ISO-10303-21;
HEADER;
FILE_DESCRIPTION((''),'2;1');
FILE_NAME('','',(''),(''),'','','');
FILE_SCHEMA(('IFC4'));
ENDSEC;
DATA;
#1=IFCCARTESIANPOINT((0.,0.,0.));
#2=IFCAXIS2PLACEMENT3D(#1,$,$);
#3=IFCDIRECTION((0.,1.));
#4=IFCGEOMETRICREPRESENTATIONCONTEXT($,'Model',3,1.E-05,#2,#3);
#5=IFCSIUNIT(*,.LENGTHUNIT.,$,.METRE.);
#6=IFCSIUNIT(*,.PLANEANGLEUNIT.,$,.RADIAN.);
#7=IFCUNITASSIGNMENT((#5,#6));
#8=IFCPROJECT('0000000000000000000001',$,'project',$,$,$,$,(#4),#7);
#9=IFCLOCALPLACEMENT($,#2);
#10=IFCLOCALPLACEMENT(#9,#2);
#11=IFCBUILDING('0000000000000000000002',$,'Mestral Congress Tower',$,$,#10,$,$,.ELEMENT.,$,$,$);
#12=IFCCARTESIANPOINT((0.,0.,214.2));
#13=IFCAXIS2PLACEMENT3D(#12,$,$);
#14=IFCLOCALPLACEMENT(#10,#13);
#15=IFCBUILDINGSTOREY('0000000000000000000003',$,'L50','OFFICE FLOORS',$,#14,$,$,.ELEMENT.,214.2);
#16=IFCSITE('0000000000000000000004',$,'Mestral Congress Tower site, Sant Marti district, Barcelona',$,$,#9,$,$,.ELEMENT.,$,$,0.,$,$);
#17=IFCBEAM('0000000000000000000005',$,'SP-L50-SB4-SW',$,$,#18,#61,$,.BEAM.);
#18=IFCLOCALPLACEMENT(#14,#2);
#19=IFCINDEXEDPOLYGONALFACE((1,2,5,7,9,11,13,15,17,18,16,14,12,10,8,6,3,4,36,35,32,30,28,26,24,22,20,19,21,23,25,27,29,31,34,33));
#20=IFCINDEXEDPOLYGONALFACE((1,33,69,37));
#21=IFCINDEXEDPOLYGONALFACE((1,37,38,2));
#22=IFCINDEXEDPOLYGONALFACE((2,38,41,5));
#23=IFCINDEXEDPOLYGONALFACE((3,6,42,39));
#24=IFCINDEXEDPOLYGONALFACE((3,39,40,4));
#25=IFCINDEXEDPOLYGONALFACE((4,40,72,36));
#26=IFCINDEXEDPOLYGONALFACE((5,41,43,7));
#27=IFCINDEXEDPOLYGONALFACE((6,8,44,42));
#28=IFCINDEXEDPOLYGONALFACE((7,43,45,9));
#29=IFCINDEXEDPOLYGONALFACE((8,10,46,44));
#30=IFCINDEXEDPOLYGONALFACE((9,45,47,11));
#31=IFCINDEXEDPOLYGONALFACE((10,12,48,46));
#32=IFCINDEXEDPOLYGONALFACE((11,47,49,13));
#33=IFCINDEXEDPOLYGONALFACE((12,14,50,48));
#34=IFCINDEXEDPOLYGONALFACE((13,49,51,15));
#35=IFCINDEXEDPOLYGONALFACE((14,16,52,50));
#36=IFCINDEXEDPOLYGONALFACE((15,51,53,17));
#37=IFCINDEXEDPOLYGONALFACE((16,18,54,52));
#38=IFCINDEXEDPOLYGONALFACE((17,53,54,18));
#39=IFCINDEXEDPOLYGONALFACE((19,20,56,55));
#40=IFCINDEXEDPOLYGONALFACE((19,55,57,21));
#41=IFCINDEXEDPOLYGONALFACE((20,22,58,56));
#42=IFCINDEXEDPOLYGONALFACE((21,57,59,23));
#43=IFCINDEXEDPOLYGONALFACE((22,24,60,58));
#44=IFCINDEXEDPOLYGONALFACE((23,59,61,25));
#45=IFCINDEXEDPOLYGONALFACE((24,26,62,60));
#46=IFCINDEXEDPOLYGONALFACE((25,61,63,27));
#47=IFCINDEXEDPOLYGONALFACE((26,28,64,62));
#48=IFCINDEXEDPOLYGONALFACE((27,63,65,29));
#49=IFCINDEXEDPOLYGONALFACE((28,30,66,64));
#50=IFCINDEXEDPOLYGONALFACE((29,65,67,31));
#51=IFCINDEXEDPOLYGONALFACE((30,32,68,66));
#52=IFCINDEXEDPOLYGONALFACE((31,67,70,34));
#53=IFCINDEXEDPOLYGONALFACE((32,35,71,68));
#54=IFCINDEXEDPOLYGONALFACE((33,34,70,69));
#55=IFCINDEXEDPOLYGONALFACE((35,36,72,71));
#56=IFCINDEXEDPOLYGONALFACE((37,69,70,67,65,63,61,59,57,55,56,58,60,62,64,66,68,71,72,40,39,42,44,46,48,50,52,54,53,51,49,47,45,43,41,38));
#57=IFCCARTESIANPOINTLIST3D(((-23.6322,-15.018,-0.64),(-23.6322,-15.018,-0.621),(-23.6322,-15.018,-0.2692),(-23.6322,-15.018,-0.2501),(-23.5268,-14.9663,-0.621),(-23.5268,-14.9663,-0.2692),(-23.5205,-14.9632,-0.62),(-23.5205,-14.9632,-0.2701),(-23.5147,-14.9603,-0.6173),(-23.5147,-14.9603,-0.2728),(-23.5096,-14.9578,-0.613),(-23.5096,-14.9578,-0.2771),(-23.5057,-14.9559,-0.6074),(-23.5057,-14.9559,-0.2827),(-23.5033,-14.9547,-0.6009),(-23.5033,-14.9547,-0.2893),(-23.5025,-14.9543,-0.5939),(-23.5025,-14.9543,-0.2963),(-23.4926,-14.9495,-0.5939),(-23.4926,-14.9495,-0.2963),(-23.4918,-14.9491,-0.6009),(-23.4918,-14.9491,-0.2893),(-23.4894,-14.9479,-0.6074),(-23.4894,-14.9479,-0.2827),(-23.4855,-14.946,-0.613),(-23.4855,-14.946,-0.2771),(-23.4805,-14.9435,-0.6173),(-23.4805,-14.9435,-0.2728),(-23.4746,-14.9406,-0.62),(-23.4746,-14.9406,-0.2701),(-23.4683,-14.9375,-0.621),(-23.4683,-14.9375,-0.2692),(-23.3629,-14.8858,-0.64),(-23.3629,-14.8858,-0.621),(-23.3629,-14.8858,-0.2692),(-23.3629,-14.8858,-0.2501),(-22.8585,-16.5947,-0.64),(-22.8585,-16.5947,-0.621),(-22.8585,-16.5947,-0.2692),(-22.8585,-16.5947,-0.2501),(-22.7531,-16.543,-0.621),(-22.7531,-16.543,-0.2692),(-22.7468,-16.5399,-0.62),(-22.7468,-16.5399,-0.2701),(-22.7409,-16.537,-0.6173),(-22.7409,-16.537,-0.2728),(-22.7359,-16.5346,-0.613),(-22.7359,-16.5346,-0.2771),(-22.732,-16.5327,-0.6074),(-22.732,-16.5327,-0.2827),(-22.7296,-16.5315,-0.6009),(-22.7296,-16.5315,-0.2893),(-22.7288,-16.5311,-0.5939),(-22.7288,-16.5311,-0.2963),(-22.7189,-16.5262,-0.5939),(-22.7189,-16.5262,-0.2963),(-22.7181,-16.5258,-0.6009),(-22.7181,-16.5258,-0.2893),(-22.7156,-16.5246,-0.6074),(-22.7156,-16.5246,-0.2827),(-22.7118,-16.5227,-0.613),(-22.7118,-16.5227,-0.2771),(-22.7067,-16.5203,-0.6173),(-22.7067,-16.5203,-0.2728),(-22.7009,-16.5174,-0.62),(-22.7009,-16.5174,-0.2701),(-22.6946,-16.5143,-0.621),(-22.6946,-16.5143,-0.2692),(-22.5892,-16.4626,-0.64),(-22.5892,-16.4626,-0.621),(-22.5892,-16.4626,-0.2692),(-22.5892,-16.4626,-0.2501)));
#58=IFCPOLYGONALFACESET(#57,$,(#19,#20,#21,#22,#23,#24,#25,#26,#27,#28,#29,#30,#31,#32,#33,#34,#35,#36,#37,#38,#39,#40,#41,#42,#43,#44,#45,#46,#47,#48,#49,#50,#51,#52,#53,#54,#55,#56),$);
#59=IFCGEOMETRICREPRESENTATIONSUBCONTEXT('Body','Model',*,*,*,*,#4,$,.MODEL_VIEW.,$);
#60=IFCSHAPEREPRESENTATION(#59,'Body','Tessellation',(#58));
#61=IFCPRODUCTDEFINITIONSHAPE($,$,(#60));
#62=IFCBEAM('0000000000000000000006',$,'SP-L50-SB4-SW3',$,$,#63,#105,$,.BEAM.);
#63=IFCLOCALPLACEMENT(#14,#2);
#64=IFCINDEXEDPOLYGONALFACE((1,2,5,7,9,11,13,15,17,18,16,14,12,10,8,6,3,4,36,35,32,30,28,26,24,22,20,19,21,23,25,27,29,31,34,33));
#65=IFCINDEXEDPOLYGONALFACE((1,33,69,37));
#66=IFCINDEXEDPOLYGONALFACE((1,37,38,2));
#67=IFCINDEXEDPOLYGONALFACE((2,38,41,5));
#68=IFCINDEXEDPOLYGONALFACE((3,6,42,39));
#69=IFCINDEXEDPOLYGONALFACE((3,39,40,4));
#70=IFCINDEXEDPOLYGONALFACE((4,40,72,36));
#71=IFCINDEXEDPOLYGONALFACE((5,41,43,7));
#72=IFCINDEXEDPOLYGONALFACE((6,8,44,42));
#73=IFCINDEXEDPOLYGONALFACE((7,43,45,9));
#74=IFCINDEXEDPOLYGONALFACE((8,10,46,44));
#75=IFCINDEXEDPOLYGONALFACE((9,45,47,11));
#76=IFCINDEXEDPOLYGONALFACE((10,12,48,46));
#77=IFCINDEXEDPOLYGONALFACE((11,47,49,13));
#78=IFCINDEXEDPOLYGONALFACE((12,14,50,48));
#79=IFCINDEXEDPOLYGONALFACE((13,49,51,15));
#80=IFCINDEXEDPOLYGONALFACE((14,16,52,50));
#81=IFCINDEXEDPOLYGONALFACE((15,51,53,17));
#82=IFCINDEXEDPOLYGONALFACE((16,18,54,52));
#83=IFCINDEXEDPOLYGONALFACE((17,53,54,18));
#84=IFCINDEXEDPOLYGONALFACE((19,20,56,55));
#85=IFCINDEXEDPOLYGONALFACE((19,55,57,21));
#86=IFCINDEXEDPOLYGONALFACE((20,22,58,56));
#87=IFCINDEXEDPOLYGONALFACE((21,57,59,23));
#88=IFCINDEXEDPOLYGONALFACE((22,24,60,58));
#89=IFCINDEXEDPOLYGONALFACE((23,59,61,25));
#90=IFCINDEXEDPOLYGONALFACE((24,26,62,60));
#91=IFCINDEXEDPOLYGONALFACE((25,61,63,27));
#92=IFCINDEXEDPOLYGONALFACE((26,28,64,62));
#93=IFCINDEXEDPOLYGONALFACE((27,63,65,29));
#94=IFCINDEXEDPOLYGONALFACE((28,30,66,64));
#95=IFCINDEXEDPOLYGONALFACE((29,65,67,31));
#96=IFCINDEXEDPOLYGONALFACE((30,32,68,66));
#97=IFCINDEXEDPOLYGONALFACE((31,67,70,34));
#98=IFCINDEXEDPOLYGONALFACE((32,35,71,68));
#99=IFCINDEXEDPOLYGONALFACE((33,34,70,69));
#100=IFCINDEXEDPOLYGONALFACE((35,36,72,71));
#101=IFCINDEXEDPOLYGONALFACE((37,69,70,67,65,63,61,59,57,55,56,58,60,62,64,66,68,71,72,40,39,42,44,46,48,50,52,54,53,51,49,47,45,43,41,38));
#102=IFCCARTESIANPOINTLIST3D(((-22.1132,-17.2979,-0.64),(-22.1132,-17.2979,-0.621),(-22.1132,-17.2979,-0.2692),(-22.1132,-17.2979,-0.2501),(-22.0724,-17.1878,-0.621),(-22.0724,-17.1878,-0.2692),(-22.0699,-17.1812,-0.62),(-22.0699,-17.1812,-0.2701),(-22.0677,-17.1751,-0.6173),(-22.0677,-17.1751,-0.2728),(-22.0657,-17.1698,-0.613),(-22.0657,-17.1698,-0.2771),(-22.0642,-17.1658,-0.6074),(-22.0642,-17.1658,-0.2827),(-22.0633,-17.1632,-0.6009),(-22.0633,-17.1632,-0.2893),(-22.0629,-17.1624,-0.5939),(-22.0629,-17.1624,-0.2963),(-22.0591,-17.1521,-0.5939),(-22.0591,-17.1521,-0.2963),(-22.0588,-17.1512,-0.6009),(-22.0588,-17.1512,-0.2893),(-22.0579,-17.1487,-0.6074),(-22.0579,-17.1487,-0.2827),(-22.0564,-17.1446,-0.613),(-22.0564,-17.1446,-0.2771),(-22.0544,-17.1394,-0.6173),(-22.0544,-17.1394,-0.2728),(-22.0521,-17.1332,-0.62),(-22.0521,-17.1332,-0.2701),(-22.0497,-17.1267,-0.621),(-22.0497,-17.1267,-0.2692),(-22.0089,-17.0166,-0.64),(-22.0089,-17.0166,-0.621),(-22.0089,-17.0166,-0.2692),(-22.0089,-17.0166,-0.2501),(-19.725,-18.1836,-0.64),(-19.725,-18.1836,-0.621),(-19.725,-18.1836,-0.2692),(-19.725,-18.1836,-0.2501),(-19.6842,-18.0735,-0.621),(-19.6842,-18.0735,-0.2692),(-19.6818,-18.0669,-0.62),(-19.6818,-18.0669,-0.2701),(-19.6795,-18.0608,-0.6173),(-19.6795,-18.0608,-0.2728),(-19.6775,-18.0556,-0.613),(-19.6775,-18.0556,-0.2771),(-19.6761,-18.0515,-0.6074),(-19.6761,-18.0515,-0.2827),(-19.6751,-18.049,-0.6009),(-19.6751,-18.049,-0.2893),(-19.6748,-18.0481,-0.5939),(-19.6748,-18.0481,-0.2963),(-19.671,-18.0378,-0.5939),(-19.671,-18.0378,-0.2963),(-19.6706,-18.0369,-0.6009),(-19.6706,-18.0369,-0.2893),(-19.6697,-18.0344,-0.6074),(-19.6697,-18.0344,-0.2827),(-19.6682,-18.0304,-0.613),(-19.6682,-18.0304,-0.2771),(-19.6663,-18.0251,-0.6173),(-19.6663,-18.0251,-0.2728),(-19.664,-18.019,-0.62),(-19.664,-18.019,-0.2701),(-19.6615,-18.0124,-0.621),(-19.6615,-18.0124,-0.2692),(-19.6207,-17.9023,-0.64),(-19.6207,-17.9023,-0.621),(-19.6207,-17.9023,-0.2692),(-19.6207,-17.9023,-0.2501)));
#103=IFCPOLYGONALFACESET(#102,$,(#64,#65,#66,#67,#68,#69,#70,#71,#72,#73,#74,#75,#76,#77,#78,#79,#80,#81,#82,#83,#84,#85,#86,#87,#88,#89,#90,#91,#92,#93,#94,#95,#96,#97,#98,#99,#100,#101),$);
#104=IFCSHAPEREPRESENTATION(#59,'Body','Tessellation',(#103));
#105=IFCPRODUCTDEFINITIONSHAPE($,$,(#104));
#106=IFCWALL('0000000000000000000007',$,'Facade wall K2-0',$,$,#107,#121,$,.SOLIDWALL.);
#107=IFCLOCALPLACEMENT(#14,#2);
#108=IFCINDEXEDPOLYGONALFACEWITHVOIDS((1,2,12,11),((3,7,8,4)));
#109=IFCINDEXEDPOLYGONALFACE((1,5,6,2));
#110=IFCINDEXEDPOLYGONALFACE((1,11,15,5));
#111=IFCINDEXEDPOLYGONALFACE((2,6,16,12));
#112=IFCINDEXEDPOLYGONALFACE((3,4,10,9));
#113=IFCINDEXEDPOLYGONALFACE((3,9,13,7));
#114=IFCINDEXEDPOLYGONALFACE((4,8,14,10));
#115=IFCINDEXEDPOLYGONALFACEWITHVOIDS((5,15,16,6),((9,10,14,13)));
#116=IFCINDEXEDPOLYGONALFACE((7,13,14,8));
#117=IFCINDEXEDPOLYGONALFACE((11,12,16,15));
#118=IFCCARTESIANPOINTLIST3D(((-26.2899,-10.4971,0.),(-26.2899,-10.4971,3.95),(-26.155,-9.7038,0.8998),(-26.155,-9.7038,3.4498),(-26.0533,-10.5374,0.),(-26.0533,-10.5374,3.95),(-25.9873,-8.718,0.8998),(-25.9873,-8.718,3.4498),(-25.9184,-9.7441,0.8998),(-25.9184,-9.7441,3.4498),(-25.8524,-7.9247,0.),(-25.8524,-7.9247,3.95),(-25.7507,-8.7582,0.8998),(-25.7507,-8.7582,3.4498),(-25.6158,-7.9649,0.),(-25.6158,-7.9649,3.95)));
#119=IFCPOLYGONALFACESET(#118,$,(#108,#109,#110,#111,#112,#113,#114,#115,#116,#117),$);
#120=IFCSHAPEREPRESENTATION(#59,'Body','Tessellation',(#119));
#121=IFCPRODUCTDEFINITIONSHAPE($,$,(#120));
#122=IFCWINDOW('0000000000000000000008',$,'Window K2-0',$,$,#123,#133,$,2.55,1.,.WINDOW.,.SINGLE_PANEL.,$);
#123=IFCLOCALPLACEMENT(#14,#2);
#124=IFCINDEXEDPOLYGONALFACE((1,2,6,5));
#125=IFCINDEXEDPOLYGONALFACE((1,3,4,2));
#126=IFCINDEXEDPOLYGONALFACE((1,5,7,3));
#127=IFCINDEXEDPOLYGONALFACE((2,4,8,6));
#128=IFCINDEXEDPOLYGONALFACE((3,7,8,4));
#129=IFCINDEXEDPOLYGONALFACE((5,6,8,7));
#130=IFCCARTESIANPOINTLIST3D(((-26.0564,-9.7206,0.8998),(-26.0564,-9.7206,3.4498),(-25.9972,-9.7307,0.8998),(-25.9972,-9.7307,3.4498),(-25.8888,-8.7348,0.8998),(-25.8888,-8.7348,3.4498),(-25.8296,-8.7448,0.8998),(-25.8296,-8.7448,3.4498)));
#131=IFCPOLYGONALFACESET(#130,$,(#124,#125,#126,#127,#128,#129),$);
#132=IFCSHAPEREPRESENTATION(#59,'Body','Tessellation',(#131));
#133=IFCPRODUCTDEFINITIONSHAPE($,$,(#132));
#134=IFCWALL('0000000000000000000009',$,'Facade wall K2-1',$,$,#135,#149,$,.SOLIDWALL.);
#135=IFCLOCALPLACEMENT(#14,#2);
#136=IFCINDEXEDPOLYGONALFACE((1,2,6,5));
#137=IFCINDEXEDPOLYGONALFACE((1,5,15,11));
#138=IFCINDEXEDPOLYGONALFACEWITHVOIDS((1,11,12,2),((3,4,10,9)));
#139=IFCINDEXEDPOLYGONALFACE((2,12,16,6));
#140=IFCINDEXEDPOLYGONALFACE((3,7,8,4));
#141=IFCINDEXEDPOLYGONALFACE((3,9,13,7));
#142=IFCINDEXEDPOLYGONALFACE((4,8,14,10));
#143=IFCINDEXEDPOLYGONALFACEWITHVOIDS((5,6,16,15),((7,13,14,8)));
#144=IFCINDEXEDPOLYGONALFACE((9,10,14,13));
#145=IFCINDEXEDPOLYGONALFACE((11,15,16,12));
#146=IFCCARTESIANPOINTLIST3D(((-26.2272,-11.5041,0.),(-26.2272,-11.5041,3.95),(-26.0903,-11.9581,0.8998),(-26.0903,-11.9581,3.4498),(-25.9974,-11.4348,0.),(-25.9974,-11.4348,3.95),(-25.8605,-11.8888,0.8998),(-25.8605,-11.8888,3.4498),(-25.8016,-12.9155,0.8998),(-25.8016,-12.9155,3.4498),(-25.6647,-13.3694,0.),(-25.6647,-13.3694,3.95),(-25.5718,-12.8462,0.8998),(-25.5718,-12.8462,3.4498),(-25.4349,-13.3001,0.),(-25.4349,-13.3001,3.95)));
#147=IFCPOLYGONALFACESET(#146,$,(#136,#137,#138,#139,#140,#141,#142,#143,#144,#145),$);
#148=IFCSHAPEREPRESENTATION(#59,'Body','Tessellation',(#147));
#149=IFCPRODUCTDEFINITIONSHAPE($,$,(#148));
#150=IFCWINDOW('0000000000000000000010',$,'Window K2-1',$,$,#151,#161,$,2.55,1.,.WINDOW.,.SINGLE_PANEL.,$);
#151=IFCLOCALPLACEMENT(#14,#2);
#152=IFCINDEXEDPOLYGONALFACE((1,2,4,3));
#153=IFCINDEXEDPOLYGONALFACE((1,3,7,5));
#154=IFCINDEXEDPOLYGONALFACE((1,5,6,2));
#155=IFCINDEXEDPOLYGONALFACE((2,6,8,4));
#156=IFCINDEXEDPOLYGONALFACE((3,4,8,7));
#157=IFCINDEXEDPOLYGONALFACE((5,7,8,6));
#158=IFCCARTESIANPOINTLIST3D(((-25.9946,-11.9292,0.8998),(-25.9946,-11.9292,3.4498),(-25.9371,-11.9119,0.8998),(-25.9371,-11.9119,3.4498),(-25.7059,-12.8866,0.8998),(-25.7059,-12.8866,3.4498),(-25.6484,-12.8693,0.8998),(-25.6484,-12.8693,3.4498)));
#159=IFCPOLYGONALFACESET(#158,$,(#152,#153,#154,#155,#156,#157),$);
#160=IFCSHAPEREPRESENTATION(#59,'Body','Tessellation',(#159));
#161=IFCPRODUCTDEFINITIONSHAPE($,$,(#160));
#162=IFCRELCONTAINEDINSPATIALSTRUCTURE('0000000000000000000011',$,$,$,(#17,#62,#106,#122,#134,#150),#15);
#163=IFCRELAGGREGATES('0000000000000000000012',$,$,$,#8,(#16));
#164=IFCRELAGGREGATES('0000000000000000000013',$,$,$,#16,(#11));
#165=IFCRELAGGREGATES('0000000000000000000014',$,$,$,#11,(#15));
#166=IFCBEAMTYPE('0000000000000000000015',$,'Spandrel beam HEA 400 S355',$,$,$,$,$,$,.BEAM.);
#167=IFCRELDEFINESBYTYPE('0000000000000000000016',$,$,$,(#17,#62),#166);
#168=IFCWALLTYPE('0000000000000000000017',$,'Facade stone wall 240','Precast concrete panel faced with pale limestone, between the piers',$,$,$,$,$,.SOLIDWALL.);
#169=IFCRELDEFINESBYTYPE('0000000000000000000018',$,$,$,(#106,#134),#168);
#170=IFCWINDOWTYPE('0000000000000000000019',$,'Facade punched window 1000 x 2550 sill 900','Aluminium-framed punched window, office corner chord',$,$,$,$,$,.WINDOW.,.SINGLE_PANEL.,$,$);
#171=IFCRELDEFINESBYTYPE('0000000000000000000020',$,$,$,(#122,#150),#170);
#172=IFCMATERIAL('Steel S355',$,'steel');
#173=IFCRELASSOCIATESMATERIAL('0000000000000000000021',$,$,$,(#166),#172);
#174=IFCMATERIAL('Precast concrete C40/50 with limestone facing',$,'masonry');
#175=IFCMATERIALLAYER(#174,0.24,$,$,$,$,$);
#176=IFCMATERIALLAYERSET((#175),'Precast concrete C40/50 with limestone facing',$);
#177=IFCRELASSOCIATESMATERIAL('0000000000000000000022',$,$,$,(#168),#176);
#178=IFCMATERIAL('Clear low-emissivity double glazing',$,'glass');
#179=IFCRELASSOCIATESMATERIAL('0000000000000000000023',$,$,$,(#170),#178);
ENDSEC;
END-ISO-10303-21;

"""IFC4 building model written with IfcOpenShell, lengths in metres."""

from ifc_helpers import new_model, si_unit, direction, frame, frame_2d, origin, origin_2d, place, context, subcontext, project, spatial, rectangle, i_section, extrude, material, layer, layer_set, material_profile, profile_set, type_object, element, fill, save


model = new_model("IFC4")

# Units and contexts
model_context = context("Model", 3, precision=1e-05, world=origin(), true_north=direction((0.0, 1.0)))
body_context = subcontext(model_context, "Body", "Model", "MODEL_VIEW")
ifc_project = project(units=[si_unit("LENGTHUNIT", "METRE"), si_unit("PLANEANGLEUNIT", "RADIAN")], contexts=[model_context])

# Site, building, storey
site_placement = place(None, origin())
site = spatial("IfcSite", under=ifc_project, at=site_placement, Name="Mestral Congress Tower site, Sant Marti district, Barcelona", CompositionType="ELEMENT", RefElevation=0.0)
building_placement = place(site_placement, origin())
building = spatial("IfcBuilding", under=site, at=building_placement, Name="Mestral Congress Tower", CompositionType="ELEMENT")
storey_placement = place(building_placement, frame((0.0, 0.0, 214.2)))
storey = spatial("IfcBuildingStorey", under=building, at=storey_placement, Name="L50", Description="OFFICE FLOORS", CompositionType="ELEMENT", Elevation=214.2)

# Beams
ifc_material_1 = material(Name="Steel S355", Category="steel")
ifc_material_profile_1 = material_profile(ifc_material_1, i_section(OverallWidth=0.3, OverallDepth=0.3899, WebThickness=0.011, FlangeThickness=0.019, FilletRadius=0.0271, at=origin_2d()), Name="HEA 400")
ifc_profile_set_1 = profile_set([ifc_material_profile_1], Name="Steel S355")
beam_type_1 = type_object("IfcBeamType", Name="Spandrel beam HEA 400 S355", PredefinedType="BEAM", material=ifc_profile_set_1)
for number, where, z_axis, x_axis, name in (
    (1, (-23.4976, -14.9519, -0.4451), (0.440529, -0.897739, 0.0), (0.897739, 0.440529, 0.0), "SP-L50-SB4-SW"),
):
    element("IfcBeam", number, at=place(storey_placement, frame(where, z_axis=z_axis, x_axis=x_axis)), inside=storey, type_object=beam_type_1, Name=name, PredefinedType="BEAM", context=body_context, shape_type="SweptSolid", body=[
        extrude(i_section(OverallWidth=0.3, OverallDepth=0.3899, WebThickness=0.011, FlangeThickness=0.019, FilletRadius=0.0271, at=origin_2d()), origin(), (0.0, 0.0, 1.0), 1.7563),
    ])
beam_1_placement = place(storey_placement, frame((-22.061, -17.1572, -0.4451), z_axis=(0.937591, -0.347739, 0.0), x_axis=(0.347739, 0.937591, 0.0)))
element("IfcBeam", 2, at=beam_1_placement, inside=storey, type_object=beam_type_1, Name="SP-L50-SB4-SW3", PredefinedType="BEAM", context=body_context, shape_type="SweptSolid", body=[
    extrude(i_section(OverallWidth=0.3, OverallDepth=0.3899, WebThickness=0.011, FlangeThickness=0.019, FilletRadius=0.0271, at=origin_2d()), origin(), (0.0, 0.0, 1.0), 2.5471),
])

# Walls, openings, windows
ifc_material_2 = material(Name="Precast concrete C40/50 with limestone facing", Category="masonry")
ifc_layer_1 = layer(ifc_material_2, 0.24)
ifc_layer_set_1 = layer_set([ifc_layer_1], Name="Precast concrete C40/50 with limestone facing")
wall_type_1 = type_object("IfcWallType", Name="Facade stone wall 240", Description="Precast concrete panel faced with pale limestone, between the piers", PredefinedType="SOLIDWALL", material=ifc_layer_set_1)
wall_1_placement = place(storey_placement, frame((-25.7341, -7.9448, 0.0), z_axis=(0.0, 0.0, 1.0), x_axis=(-0.16766, -0.985845, 0.0)))
wall_1 = element("IfcWall", 3, at=wall_1_placement, inside=storey, type_object=wall_type_1, Name="Facade wall K2-0", PredefinedType="SOLIDWALL", context=body_context, shape_type="SweptSolid", body=[
    extrude(rectangle(XDim=2.6094, YDim=0.24, at=frame_2d((1.3047, 0.0))), origin(), (0.0, 0.0, 1.0), 3.95),
])
opening_1_placement = place(wall_1_placement, frame((0.8047, 0.0, 0.8999)))
opening_1 = element("IfcOpeningElement", 4, at=opening_1_placement, cuts=wall_1, PredefinedType="OPENING", context=body_context, shape_type="SweptSolid", body=[
    extrude(rectangle(XDim=1.0, YDim=2.55, at=frame_2d((0.5, 1.2749))), frame((0.0, 0.1299, 0.0), z_axis=(0.0, -1.0, 0.0), x_axis=(1.0, 0.0, 0.0)), (0.0, 0.0, 1.0), 0.26),
])
ifc_material_3 = material(Name="Clear low-emissivity double glazing", Category="glass")
window_type = type_object("IfcWindowType", Name="Facade punched window 1000 x 2550 sill 900", Description="Aluminium-framed punched window, office corner chord", PartitioningType="SINGLE_PANEL", PredefinedType="WINDOW", material=ifc_material_3)
window_1_placement = place(opening_1_placement, origin())
window_1 = element("IfcWindow", 5, at=window_1_placement, inside=storey, type_object=window_type, Name="Window K2-0", OverallHeight=2.55, OverallWidth=1.0, PartitioningType="SINGLE_PANEL", PredefinedType="WINDOW", context=body_context, shape_type="SweptSolid", body=[
    extrude(rectangle(XDim=1.0, YDim=2.55, at=frame_2d((0.5, 1.2749))), frame((0.0, 0.04, 0.0), z_axis=(0.0, -1.0, 0.0), x_axis=(1.0, 0.0, 0.0)), (0.0, 0.0, 1.0), 0.0601),
])
fill(opening_1, window_1)
wall_2_placement = place(storey_placement, frame((-26.1123, -11.4695, 0.0), z_axis=(0.0, 0.0, 1.0), x_axis=(0.288727, -0.957411, 0.0)))
wall_2 = element("IfcWall", 6, at=wall_2_placement, inside=storey, type_object=wall_type_1, Name="Facade wall K2-1", PredefinedType="SOLIDWALL", context=body_context, shape_type="SweptSolid", body=[
    extrude(rectangle(XDim=1.9482, YDim=0.24, at=frame_2d((0.9741, 0.0))), origin(), (0.0, 0.0, 1.0), 3.95),
])
opening_2_placement = place(wall_2_placement, frame((0.4741, 0.0, 0.8999)))
opening_2 = element("IfcOpeningElement", 7, at=opening_2_placement, cuts=wall_2, PredefinedType="OPENING", context=body_context, shape_type="SweptSolid", body=[
    extrude(rectangle(XDim=1.0, YDim=2.55, at=frame_2d((0.5, 1.2749))), frame((0.0, 0.1299, 0.0), z_axis=(0.0, -1.0, 0.0), x_axis=(1.0, 0.0, 0.0)), (0.0, 0.0, 1.0), 0.26),
])
window_2_placement = place(opening_2_placement, origin())
window_2 = element("IfcWindow", 8, at=window_2_placement, inside=storey, type_object=window_type, Name="Window K2-1", OverallHeight=2.55, OverallWidth=1.0, PartitioningType="SINGLE_PANEL", PredefinedType="WINDOW", context=body_context, shape_type="SweptSolid", body=[
    extrude(rectangle(XDim=1.0, YDim=2.55, at=frame_2d((0.5, 1.2749))), frame((0.0, 0.04, 0.0), z_axis=(0.0, -1.0, 0.0), x_axis=(1.0, 0.0, 0.0)), (0.0, 0.0, 1.0), 0.0601),
])
fill(opening_2, window_2)

save(model, "model.ifc")
